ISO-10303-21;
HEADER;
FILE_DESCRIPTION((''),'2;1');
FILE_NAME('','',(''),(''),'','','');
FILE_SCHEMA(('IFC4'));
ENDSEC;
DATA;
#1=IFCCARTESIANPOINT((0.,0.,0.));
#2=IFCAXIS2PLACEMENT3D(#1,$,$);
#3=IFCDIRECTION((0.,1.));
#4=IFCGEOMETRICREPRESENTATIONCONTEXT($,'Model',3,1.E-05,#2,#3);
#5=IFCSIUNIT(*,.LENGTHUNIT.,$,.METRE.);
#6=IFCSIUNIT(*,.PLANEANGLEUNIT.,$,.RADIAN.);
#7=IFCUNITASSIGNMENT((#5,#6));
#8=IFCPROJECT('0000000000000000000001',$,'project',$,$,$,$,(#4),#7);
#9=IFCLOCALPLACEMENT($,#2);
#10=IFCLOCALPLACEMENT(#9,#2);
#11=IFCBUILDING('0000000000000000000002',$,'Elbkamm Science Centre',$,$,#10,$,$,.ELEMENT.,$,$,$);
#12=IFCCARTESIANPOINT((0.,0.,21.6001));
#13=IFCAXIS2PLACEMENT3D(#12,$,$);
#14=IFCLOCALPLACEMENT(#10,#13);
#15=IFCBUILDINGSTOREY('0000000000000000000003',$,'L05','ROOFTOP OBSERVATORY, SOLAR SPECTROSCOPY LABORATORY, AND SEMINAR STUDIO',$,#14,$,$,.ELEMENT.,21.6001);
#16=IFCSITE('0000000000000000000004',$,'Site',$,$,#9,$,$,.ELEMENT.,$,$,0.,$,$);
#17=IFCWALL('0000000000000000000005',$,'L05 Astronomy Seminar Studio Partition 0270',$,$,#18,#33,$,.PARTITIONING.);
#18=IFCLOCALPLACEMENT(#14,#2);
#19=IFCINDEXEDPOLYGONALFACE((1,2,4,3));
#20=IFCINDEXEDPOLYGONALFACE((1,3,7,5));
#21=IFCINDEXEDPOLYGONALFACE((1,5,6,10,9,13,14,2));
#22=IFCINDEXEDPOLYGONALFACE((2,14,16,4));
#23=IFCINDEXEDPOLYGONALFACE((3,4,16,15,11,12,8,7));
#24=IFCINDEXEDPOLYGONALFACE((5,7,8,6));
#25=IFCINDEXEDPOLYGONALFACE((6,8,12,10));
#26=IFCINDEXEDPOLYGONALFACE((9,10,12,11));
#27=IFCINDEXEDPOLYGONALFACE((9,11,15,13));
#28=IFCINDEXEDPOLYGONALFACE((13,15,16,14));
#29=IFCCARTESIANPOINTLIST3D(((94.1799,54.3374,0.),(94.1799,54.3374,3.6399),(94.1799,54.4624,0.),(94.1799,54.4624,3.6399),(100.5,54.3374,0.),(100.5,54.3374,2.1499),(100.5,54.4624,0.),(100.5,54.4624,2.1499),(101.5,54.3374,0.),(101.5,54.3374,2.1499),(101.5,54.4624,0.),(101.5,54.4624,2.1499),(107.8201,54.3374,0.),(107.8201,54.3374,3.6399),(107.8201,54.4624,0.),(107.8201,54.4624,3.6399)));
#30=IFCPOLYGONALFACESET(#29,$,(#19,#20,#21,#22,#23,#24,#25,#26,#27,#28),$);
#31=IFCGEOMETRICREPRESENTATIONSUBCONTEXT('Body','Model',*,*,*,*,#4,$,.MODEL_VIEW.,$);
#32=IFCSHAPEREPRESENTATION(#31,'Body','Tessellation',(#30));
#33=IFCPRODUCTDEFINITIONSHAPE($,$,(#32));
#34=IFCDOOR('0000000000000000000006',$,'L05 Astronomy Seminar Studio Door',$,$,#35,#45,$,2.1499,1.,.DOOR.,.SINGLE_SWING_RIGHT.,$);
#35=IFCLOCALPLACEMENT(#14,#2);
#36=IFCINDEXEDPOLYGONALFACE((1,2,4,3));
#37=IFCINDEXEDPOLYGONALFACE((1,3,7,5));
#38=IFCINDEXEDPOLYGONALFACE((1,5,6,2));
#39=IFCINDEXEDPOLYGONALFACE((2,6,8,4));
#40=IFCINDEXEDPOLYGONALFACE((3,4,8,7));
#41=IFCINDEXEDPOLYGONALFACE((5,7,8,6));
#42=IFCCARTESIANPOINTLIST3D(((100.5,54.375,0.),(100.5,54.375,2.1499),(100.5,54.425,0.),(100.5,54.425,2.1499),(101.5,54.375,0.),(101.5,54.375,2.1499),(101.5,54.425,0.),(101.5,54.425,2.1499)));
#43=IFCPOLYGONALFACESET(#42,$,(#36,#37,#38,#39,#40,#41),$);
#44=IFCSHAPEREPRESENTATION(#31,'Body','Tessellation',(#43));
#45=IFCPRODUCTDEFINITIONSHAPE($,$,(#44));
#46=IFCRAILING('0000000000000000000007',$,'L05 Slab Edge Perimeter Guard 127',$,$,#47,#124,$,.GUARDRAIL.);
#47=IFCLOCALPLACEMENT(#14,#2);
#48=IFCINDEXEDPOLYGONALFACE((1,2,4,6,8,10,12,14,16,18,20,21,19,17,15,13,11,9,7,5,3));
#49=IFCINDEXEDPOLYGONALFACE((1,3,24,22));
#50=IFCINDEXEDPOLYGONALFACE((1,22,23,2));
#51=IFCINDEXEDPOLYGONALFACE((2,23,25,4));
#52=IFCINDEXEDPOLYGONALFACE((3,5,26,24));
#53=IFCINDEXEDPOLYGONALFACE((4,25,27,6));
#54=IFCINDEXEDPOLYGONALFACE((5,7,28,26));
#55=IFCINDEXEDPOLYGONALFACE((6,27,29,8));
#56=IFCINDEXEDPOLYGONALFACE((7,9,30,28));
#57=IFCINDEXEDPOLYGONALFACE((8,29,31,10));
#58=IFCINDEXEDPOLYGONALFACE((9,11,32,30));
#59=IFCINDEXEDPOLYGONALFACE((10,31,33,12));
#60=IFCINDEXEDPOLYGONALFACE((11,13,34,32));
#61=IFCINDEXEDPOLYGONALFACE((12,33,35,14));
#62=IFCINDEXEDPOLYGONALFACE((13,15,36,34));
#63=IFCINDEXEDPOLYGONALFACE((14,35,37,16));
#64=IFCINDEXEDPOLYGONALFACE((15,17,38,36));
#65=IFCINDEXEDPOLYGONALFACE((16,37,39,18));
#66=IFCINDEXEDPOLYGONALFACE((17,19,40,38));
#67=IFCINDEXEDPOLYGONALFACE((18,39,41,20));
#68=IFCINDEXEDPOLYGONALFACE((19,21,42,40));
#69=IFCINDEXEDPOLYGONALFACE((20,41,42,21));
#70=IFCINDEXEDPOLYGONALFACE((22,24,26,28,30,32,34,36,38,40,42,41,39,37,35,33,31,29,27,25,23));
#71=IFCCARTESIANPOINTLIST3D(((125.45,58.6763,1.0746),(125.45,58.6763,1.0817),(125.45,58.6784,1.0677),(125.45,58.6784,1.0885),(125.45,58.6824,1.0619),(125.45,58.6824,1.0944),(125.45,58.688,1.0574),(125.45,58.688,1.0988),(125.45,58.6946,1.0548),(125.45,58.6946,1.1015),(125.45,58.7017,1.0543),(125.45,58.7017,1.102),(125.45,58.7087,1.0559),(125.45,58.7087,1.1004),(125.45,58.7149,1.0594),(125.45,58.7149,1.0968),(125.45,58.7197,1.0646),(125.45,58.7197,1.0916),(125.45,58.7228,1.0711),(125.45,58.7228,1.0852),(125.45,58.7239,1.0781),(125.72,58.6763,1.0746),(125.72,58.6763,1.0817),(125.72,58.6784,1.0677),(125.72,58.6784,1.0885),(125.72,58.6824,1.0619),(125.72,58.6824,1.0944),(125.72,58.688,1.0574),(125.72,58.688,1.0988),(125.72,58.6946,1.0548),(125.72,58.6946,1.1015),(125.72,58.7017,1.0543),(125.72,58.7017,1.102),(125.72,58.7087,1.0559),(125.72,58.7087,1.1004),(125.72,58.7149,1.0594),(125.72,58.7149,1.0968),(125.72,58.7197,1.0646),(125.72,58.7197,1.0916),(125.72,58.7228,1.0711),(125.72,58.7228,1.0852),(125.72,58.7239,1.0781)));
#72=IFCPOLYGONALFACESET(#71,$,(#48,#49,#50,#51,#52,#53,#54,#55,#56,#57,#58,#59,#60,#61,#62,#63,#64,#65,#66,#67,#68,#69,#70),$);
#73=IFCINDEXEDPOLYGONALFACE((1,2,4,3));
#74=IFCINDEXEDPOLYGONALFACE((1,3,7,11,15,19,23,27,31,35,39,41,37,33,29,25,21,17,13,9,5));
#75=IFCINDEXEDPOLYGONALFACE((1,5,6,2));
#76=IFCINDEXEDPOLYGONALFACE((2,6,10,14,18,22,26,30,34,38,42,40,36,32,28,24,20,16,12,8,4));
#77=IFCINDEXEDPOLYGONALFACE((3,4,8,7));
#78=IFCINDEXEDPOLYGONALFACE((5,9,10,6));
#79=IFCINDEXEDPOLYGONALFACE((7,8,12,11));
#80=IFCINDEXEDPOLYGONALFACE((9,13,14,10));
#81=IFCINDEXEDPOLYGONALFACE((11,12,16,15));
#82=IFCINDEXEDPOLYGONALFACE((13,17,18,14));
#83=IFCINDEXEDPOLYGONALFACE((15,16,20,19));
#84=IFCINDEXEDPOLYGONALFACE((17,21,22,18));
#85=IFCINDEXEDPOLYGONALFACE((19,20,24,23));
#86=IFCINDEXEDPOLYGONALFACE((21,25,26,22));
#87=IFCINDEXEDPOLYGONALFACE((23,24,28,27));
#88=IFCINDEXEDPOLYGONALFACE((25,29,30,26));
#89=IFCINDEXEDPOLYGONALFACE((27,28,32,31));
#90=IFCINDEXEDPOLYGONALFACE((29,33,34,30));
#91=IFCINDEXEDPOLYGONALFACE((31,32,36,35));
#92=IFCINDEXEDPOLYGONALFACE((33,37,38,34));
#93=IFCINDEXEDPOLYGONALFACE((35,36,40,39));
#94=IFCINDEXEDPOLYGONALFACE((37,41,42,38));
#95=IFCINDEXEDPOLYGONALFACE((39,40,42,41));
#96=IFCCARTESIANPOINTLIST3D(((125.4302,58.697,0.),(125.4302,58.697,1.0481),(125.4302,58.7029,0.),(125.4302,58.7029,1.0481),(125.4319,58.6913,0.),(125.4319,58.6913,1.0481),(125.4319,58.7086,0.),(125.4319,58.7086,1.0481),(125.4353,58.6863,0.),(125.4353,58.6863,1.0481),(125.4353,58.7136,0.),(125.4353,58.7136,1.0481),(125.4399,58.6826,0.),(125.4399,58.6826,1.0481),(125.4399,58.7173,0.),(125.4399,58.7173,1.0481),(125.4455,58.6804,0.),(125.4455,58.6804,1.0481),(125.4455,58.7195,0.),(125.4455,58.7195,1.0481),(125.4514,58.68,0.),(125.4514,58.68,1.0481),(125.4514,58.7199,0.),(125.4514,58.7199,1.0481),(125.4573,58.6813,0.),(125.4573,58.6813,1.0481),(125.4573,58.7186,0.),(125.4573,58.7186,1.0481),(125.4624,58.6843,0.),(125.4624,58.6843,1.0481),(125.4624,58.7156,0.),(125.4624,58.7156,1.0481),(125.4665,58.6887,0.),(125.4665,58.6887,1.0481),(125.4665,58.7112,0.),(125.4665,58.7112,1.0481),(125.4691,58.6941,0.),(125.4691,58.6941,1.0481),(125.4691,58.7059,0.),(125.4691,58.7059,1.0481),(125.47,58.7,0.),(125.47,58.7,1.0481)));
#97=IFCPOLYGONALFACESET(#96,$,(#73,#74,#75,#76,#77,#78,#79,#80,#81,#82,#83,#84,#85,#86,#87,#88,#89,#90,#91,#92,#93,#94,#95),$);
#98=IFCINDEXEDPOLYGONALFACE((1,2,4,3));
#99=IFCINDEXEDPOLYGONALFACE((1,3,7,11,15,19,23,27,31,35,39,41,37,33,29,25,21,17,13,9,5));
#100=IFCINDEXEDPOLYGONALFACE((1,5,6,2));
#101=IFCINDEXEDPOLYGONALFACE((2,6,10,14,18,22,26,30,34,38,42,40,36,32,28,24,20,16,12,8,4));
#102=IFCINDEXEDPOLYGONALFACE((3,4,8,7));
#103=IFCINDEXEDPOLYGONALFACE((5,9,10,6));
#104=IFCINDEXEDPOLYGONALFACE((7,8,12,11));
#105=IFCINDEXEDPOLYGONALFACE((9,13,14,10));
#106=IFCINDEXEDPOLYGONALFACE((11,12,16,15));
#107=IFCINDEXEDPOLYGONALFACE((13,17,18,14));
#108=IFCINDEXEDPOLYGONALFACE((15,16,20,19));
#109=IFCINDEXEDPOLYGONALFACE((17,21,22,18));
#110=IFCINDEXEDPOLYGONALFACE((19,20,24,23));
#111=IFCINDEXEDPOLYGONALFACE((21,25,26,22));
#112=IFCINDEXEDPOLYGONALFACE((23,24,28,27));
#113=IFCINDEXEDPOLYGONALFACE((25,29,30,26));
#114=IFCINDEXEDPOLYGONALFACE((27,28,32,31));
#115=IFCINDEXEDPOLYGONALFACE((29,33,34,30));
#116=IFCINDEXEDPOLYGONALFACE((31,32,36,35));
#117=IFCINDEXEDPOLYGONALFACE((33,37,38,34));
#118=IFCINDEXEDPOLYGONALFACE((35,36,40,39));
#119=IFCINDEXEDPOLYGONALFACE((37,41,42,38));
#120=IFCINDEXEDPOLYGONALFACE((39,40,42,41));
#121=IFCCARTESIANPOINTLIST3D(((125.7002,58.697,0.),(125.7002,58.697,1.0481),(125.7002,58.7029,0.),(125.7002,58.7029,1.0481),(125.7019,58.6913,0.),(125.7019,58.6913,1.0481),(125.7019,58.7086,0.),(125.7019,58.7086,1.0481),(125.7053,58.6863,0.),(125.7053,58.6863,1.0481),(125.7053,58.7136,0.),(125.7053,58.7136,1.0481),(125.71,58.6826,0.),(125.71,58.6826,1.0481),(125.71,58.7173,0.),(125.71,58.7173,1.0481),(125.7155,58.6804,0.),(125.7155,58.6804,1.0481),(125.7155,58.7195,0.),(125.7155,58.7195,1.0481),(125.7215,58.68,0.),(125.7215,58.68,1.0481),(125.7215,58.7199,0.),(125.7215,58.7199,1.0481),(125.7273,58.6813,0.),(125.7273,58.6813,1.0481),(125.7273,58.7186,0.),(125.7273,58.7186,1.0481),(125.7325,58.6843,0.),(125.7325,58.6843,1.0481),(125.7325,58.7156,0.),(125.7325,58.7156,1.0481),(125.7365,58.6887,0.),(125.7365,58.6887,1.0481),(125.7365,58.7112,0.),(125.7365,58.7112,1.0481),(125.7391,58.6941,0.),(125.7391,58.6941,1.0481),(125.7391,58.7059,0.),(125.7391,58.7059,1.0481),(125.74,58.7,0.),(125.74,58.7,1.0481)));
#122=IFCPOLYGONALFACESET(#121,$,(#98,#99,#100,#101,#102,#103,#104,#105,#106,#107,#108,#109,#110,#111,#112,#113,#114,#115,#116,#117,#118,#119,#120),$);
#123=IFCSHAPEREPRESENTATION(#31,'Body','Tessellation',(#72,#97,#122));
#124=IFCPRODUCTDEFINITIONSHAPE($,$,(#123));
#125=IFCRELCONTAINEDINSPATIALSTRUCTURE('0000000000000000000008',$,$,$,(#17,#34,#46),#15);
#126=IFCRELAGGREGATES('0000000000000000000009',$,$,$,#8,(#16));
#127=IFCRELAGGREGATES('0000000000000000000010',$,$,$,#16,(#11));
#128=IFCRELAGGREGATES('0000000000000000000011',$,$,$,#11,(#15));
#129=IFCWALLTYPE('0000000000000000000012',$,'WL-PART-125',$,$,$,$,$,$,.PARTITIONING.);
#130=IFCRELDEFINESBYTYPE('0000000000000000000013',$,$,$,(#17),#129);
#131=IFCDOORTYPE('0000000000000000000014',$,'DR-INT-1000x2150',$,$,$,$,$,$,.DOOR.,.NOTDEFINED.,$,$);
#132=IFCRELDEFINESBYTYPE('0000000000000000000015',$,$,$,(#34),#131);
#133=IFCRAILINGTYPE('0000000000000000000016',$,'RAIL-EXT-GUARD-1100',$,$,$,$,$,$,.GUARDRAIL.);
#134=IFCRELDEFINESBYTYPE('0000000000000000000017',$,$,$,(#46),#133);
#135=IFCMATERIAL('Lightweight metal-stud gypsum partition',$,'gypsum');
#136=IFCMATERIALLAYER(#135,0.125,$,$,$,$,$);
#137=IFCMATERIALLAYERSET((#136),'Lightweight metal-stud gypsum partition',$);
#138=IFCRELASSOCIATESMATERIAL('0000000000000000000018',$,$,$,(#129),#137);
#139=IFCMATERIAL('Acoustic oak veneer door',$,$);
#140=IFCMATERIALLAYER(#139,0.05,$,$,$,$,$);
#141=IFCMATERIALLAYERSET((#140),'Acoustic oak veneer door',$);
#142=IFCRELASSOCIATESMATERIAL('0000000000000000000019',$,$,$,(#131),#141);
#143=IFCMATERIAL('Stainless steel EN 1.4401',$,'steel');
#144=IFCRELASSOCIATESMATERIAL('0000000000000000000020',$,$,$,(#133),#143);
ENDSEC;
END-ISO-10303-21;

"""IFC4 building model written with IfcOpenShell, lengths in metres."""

from ifc_helpers import new_model, si_unit, direction, frame, frame_2d, origin, origin_2d, place, context, subcontext, project, spatial, rectangle, circle, extrude, material, layer, layer_set, type_object, element, fill, save


model = new_model("IFC4")

# Units and contexts
model_context = context("Model", 3, precision=1e-05, world=origin(), true_north=direction((0.0, 1.0)))
body_context = subcontext(model_context, "Body", "Model", "MODEL_VIEW")
ifc_project = project(units=[si_unit("LENGTHUNIT", "METRE"), si_unit("PLANEANGLEUNIT", "RADIAN")], contexts=[model_context])

# Site, building, storey
site_placement = place(None, origin())
site = spatial("IfcSite", under=ifc_project, at=site_placement, Name="Site", CompositionType="ELEMENT", RefElevation=0.0)
building_placement = place(site_placement, origin())
building = spatial("IfcBuilding", under=site, at=building_placement, Name="Elbkamm Science Centre", CompositionType="ELEMENT")
storey_placement = place(building_placement, frame((0.0, 0.0, 21.6001)))
storey = spatial("IfcBuildingStorey", under=building, at=storey_placement, Name="L05", Description="ROOFTOP OBSERVATORY, SOLAR SPECTROSCOPY LABORATORY, AND SEMINAR STUDIO", CompositionType="ELEMENT", Elevation=21.6001)

# Wall, opening, door
ifc_material_1 = material(Name="Acoustic oak veneer door")
ifc_material_2 = material(Name="Lightweight metal-stud gypsum partition", Category="gypsum")
ifc_layer_1 = layer(ifc_material_2, 0.125)
ifc_layer_set_1 = layer_set([ifc_layer_1], Name="Lightweight metal-stud gypsum partition")
wall_type_1 = type_object("IfcWallType", Name="WL-PART-125", PredefinedType="PARTITIONING", material=ifc_layer_set_1)
wall_1_placement = place(storey_placement, frame((107.8201, 54.3999, 0.0), z_axis=(0.0, 0.0, 1.0), x_axis=(-1.0, 0.0, 0.0)))
wall_1 = element("IfcWall", 1, at=wall_1_placement, inside=storey, type_object=wall_type_1, Name="L05 Astronomy Seminar Studio Partition 0270", PredefinedType="PARTITIONING", context=body_context, shape_type="SweptSolid", body=[
    extrude(rectangle(XDim=13.6401, YDim=0.125, at=frame_2d((6.8201, 0.0))), origin(), (0.0, 0.0, 1.0), 3.6399),
])
opening_1_placement = place(wall_1_placement, frame((6.3201, 0.0, 0.0)))
opening_1 = element("IfcOpeningElement", 2, at=opening_1_placement, cuts=wall_1, PredefinedType="OPENING", context=body_context, shape_type="SweptSolid", body=[
    extrude(rectangle(XDim=1.0, YDim=2.1499, at=frame_2d((0.5, 1.075))), frame((0.0, 0.0745, 0.0), z_axis=(0.0, -1.0, 0.0), x_axis=(1.0, 0.0, 0.0)), (0.0, 0.0, 1.0), 0.1489),
])
ifc_layer_2 = layer(ifc_material_1, 0.05)
ifc_layer_set_2 = layer_set([ifc_layer_2], Name="Acoustic oak veneer door")
door_type_1 = type_object("IfcDoorType", Name="DR-INT-1000x2150", OperationType="NOTDEFINED", PredefinedType="DOOR", material=ifc_layer_set_2)
door_1_placement = place(opening_1_placement, origin())
door_1 = element("IfcDoor", 3, at=door_1_placement, inside=storey, type_object=door_type_1, Name="L05 Astronomy Seminar Studio Door", OperationType="SINGLE_SWING_RIGHT", OverallHeight=2.1499, OverallWidth=1.0, PredefinedType="DOOR", context=body_context, shape_type="SweptSolid", body=[
    extrude(rectangle(XDim=1.0, YDim=2.1499, at=frame_2d((0.5, 1.075))), frame((0.0, 0.0249, 0.0), z_axis=(0.0, -1.0, 0.0), x_axis=(1.0, 0.0, 0.0)), (0.0, 0.0, 1.0), 0.05),
])
fill(opening_1, door_1)

# Railing
ifc_material_3 = material(Name="Stainless steel EN 1.4401", Category="steel")
railing_type = type_object("IfcRailingType", Name="RAIL-EXT-GUARD-1100", PredefinedType="GUARDRAIL", material=ifc_material_3)
railing_1_placement = place(storey_placement, frame((125.45, 58.7, 0.0)))
element("IfcRailing", 4, at=railing_1_placement, inside=storey, type_object=railing_type, Name="L05 Slab Edge Perimeter Guard 127", PredefinedType="GUARDRAIL", context=body_context, shape_type="SweptSolid", body=[
    extrude(circle(Radius=0.0239, at=origin_2d()), frame((0.0, 0.0, 1.0781), z_axis=(1.0, 0.0, 0.0), x_axis=(0.0, 1.0, 0.0)), (0.0, 0.0, 1.0), 0.27),
    extrude(circle(Radius=0.02, at=origin_2d()), origin(), (0.0, 0.0, 1.0), 1.0481),
    extrude(circle(Radius=0.02, at=origin_2d()), frame((0.27, 0.0, 0.0)), (0.0, 0.0, 1.0), 1.0481),
])

save(model, "model.ifc")
